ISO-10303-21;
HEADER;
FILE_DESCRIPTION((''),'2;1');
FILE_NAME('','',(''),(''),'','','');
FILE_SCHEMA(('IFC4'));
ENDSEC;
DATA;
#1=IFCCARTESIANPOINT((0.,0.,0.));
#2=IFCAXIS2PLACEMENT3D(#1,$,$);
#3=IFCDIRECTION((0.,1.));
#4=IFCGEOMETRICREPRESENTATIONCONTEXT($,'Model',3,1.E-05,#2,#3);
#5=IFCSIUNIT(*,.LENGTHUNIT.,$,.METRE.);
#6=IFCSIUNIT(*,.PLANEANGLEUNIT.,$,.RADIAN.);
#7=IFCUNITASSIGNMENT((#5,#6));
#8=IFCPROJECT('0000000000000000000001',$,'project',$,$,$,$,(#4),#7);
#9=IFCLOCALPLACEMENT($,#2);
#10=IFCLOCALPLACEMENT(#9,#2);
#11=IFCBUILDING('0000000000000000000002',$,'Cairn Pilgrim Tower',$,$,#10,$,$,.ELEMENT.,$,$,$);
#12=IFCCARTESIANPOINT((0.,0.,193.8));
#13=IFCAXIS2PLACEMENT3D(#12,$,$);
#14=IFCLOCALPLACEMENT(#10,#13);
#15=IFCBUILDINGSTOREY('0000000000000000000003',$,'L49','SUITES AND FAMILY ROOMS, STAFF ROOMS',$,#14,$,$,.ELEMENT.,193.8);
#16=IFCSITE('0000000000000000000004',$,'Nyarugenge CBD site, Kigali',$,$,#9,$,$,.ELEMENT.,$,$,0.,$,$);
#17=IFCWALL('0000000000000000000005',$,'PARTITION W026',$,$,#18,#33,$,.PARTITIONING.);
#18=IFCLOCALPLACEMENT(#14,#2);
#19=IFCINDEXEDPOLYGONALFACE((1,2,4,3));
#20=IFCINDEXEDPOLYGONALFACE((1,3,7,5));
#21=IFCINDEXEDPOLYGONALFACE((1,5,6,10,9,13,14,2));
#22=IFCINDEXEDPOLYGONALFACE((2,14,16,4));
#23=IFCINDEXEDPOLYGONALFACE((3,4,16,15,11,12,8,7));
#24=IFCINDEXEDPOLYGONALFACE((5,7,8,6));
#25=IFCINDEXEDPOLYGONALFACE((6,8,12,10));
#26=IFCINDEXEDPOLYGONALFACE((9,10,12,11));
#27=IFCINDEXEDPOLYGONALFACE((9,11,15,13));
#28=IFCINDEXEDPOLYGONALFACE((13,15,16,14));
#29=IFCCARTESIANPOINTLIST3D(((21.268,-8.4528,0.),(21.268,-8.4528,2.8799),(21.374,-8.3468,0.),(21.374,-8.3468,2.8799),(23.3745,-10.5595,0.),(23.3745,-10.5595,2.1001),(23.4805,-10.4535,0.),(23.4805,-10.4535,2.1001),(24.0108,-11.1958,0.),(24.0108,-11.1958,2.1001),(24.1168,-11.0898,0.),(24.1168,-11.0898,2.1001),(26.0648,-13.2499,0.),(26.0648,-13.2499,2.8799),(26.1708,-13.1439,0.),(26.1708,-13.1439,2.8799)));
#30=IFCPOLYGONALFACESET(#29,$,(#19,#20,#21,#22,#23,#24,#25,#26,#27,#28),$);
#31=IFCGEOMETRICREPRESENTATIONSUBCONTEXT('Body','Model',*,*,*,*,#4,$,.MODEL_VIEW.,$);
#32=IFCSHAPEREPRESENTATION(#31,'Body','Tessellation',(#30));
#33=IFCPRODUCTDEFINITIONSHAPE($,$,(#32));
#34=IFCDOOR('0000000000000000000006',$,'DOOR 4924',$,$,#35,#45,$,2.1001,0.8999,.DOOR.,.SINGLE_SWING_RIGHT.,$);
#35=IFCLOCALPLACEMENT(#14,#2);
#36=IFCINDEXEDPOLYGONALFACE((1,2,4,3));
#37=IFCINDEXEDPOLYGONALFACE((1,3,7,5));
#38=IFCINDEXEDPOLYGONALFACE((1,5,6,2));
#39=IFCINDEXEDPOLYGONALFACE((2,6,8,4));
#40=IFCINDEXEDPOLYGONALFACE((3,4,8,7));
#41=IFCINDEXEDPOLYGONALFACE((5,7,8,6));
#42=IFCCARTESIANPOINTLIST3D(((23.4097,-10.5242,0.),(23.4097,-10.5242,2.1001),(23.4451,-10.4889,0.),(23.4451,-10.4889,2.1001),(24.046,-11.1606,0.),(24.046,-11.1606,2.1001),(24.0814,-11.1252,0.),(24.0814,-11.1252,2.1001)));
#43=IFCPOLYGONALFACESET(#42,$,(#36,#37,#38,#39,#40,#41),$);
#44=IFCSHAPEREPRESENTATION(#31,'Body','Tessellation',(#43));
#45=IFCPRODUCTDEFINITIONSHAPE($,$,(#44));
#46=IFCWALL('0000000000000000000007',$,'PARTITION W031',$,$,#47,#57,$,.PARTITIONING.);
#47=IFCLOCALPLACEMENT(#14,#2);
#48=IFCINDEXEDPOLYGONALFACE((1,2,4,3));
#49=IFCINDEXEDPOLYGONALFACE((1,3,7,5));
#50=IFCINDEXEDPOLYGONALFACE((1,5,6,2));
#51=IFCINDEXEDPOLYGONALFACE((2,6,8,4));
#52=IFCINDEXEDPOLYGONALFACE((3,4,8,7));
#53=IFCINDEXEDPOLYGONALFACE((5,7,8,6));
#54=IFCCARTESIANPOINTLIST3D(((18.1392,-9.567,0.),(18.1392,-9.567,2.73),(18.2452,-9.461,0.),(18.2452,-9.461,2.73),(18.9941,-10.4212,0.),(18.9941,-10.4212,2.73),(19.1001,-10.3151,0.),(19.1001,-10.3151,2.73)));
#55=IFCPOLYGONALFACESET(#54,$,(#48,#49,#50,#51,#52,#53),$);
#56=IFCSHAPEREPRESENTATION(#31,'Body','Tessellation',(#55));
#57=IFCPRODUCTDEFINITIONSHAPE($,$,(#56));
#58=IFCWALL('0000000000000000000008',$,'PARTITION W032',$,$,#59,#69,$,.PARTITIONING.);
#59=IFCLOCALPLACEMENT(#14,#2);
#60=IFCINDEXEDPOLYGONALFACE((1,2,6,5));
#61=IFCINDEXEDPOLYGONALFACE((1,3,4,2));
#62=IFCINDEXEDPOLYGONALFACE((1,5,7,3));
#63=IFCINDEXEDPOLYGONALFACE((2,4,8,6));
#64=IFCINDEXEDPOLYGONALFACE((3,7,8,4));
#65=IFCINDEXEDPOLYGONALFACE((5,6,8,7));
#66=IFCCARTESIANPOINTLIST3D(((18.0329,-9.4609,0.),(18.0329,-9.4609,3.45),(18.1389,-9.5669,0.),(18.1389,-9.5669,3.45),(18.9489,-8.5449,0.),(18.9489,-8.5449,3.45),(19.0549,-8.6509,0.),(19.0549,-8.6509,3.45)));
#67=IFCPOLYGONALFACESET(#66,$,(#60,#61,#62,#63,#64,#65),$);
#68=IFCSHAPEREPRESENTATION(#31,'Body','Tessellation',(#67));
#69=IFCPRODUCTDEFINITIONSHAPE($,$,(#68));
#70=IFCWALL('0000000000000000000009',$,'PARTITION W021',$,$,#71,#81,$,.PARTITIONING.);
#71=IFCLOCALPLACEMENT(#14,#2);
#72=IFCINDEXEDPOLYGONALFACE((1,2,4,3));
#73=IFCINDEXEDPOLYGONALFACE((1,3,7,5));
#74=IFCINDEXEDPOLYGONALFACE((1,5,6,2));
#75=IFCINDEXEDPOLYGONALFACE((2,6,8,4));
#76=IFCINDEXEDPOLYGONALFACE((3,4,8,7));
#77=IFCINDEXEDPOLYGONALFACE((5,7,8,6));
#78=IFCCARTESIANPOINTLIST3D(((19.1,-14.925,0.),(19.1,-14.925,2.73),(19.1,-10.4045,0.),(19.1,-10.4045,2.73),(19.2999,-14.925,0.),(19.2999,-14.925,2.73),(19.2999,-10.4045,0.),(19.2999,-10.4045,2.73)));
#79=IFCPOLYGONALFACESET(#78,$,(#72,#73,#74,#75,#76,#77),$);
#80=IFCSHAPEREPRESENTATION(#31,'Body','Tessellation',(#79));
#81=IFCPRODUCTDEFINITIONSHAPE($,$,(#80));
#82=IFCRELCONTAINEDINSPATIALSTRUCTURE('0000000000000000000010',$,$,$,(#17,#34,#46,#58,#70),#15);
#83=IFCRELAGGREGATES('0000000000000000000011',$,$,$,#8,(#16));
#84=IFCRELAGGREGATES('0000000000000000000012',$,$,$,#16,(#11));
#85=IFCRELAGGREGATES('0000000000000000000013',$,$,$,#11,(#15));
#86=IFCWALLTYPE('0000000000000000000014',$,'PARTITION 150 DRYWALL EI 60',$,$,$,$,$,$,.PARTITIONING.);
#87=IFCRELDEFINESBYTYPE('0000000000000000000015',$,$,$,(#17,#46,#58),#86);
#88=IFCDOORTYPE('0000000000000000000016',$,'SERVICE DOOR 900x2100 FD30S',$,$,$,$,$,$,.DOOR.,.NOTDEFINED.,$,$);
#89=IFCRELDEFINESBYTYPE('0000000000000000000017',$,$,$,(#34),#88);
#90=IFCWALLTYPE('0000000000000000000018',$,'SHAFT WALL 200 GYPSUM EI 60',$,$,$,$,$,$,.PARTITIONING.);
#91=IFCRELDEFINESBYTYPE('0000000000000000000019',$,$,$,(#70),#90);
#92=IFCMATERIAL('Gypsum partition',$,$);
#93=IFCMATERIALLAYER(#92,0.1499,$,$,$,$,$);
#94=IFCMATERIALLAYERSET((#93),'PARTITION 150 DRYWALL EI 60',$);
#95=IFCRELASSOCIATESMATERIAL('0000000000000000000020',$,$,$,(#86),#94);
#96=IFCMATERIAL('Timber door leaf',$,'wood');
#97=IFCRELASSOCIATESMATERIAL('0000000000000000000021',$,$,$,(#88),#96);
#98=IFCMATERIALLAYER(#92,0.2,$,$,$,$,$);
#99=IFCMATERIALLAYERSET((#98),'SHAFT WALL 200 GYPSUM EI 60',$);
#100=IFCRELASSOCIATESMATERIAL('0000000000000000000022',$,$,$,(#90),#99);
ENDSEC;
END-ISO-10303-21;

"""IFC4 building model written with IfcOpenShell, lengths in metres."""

from ifc_helpers import new_model, si_unit, direction, frame, frame_2d, origin, place, context, subcontext, project, spatial, rectangle, extrude, material, layer, layer_set, type_object, element, fill, save


model = new_model("IFC4")

# Units and contexts
model_context = context("Model", 3, precision=1e-05, world=origin(), true_north=direction((0.0, 1.0)))
body_context = subcontext(model_context, "Body", "Model", "MODEL_VIEW")
ifc_project = project(units=[si_unit("LENGTHUNIT", "METRE"), si_unit("PLANEANGLEUNIT", "RADIAN")], contexts=[model_context])

# Site, building, storey
site_placement = place(None, origin())
site = spatial("IfcSite", under=ifc_project, at=site_placement, Name="Nyarugenge CBD site, Kigali", CompositionType="ELEMENT", RefElevation=0.0)
building_placement = place(site_placement, origin())
building = spatial("IfcBuilding", under=site, at=building_placement, Name="Cairn Pilgrim Tower", CompositionType="ELEMENT")
storey_placement = place(building_placement, frame((0.0, 0.0, 193.8)))
storey = spatial("IfcBuildingStorey", under=building, at=storey_placement, Name="L49", Description="SUITES AND FAMILY ROOMS, STAFF ROOMS", CompositionType="ELEMENT", Elevation=193.8)

# Shared definitions
ifc_material_1 = material(Name="Gypsum partition")

# Shared definitions
ifc_material_2 = material(Name="Timber door leaf", Category="wood")

# Shared definitions
ifc_layer_1 = layer(ifc_material_1, 0.1499)
ifc_layer_set_1 = layer_set([ifc_layer_1], Name="PARTITION 150 DRYWALL EI 60")
wall_type_1 = type_object("IfcWallType", Name="PARTITION 150 DRYWALL EI 60", PredefinedType="PARTITIONING", material=ifc_layer_set_1)
door_type_1 = type_object("IfcDoorType", Name="SERVICE DOOR 900x2100 FD30S", OperationType="NOTDEFINED", PredefinedType="DOOR", material=ifc_material_2)

# Wall, opening, door
wall_1_placement = place(storey_placement, frame((26.1179, -13.197, 0.0), z_axis=(0.0, 0.0, 1.0), x_axis=(-0.707089, 0.707125, 0.0)))
wall_1 = element("IfcWall", 1, at=wall_1_placement, inside=storey, type_object=wall_type_1, Name="PARTITION W026", PredefinedType="PARTITIONING", context=body_context, shape_type="SweptSolid", body=[
    extrude(rectangle(XDim=6.7839, YDim=0.1499, at=frame_2d((3.3921, 0.0))), origin(), (0.0, 0.0, 1.0), 2.8799),
])
opening_1_placement = place(wall_1_placement, frame((2.905, 0.0, 0.0)))
opening_1 = element("IfcOpeningElement", 2, at=opening_1_placement, cuts=wall_1, PredefinedType="OPENING", context=body_context, shape_type="SweptSolid", body=[
    extrude(rectangle(XDim=0.8999, YDim=2.1001, at=frame_2d((0.45, 1.05))), frame((0.0, 0.085, 0.0), z_axis=(0.0, -1.0, 0.0), x_axis=(1.0, 0.0, 0.0)), (0.0, 0.0, 1.0), 0.1699),
])
door_1_placement = place(opening_1_placement, frame((0.8999, 0.0, 0.0), z_axis=(0.0, 0.0, 1.0), x_axis=(-1.0, 0.0, 0.0)))
door_1 = element("IfcDoor", 3, at=door_1_placement, inside=storey, type_object=door_type_1, Name="DOOR 4924", OperationType="SINGLE_SWING_RIGHT", OverallHeight=2.1001, OverallWidth=0.8999, PredefinedType="DOOR", context=body_context, shape_type="SweptSolid", body=[
    extrude(rectangle(XDim=0.8999, YDim=2.1001, at=frame_2d((0.45, 1.05))), frame((0.0, 0.0249, 0.0), z_axis=(0.0, -1.0, 0.0), x_axis=(1.0, 0.0, 0.0)), (0.0, 0.0, 1.0), 0.05),
])
fill(opening_1, door_1)

# Walls
wall_2_placement = place(storey_placement, frame((19.0471, -10.3682, 0.0), z_axis=(0.0, 0.0, 1.0), x_axis=(-0.70741, 0.706804, 0.0)))
element("IfcWall", 4, at=wall_2_placement, inside=storey, type_object=wall_type_1, Name="PARTITION W031", PredefinedType="PARTITIONING", context=body_context, shape_type="SweptSolid", body=[
    extrude(rectangle(XDim=1.2085, YDim=0.1499, at=frame_2d((0.6042, 0.0))), origin(), (0.0, 0.0, 1.0), 2.73),
])
wall_3_placement = place(storey_placement, frame((18.0859, -9.5139, 0.0), z_axis=(0.0, 0.0, 1.0), x_axis=(0.707107, 0.707107, 0.0)))
element("IfcWall", 5, at=wall_3_placement, inside=storey, type_object=wall_type_1, Name="PARTITION W032", PredefinedType="PARTITIONING", context=body_context, shape_type="SweptSolid", body=[
    extrude(rectangle(XDim=1.2954, YDim=0.1499, at=frame_2d((0.6477, 0.0))), origin(), (0.0, 0.0, 1.0), 3.45),
])
ifc_layer_2 = layer(ifc_material_1, 0.2)
ifc_layer_set_2 = layer_set([ifc_layer_2], Name="SHAFT WALL 200 GYPSUM EI 60")
wall_type_2 = type_object("IfcWallType", Name="SHAFT WALL 200 GYPSUM EI 60", PredefinedType="PARTITIONING", material=ifc_layer_set_2)
wall_4_placement = place(storey_placement, frame((19.2, -14.925, 0.0), z_axis=(0.0, 0.0, 1.0), x_axis=(0.0, 1.0, 0.0)))
element("IfcWall", 6, at=wall_4_placement, inside=storey, type_object=wall_type_2, Name="PARTITION W021", PredefinedType="PARTITIONING", context=body_context, shape_type="SweptSolid", body=[
    extrude(rectangle(XDim=4.5205, YDim=0.2, at=frame_2d((2.2603, 0.0))), origin(), (0.0, 0.0, 1.0), 2.73),
])

save(model, "model.ifc")
